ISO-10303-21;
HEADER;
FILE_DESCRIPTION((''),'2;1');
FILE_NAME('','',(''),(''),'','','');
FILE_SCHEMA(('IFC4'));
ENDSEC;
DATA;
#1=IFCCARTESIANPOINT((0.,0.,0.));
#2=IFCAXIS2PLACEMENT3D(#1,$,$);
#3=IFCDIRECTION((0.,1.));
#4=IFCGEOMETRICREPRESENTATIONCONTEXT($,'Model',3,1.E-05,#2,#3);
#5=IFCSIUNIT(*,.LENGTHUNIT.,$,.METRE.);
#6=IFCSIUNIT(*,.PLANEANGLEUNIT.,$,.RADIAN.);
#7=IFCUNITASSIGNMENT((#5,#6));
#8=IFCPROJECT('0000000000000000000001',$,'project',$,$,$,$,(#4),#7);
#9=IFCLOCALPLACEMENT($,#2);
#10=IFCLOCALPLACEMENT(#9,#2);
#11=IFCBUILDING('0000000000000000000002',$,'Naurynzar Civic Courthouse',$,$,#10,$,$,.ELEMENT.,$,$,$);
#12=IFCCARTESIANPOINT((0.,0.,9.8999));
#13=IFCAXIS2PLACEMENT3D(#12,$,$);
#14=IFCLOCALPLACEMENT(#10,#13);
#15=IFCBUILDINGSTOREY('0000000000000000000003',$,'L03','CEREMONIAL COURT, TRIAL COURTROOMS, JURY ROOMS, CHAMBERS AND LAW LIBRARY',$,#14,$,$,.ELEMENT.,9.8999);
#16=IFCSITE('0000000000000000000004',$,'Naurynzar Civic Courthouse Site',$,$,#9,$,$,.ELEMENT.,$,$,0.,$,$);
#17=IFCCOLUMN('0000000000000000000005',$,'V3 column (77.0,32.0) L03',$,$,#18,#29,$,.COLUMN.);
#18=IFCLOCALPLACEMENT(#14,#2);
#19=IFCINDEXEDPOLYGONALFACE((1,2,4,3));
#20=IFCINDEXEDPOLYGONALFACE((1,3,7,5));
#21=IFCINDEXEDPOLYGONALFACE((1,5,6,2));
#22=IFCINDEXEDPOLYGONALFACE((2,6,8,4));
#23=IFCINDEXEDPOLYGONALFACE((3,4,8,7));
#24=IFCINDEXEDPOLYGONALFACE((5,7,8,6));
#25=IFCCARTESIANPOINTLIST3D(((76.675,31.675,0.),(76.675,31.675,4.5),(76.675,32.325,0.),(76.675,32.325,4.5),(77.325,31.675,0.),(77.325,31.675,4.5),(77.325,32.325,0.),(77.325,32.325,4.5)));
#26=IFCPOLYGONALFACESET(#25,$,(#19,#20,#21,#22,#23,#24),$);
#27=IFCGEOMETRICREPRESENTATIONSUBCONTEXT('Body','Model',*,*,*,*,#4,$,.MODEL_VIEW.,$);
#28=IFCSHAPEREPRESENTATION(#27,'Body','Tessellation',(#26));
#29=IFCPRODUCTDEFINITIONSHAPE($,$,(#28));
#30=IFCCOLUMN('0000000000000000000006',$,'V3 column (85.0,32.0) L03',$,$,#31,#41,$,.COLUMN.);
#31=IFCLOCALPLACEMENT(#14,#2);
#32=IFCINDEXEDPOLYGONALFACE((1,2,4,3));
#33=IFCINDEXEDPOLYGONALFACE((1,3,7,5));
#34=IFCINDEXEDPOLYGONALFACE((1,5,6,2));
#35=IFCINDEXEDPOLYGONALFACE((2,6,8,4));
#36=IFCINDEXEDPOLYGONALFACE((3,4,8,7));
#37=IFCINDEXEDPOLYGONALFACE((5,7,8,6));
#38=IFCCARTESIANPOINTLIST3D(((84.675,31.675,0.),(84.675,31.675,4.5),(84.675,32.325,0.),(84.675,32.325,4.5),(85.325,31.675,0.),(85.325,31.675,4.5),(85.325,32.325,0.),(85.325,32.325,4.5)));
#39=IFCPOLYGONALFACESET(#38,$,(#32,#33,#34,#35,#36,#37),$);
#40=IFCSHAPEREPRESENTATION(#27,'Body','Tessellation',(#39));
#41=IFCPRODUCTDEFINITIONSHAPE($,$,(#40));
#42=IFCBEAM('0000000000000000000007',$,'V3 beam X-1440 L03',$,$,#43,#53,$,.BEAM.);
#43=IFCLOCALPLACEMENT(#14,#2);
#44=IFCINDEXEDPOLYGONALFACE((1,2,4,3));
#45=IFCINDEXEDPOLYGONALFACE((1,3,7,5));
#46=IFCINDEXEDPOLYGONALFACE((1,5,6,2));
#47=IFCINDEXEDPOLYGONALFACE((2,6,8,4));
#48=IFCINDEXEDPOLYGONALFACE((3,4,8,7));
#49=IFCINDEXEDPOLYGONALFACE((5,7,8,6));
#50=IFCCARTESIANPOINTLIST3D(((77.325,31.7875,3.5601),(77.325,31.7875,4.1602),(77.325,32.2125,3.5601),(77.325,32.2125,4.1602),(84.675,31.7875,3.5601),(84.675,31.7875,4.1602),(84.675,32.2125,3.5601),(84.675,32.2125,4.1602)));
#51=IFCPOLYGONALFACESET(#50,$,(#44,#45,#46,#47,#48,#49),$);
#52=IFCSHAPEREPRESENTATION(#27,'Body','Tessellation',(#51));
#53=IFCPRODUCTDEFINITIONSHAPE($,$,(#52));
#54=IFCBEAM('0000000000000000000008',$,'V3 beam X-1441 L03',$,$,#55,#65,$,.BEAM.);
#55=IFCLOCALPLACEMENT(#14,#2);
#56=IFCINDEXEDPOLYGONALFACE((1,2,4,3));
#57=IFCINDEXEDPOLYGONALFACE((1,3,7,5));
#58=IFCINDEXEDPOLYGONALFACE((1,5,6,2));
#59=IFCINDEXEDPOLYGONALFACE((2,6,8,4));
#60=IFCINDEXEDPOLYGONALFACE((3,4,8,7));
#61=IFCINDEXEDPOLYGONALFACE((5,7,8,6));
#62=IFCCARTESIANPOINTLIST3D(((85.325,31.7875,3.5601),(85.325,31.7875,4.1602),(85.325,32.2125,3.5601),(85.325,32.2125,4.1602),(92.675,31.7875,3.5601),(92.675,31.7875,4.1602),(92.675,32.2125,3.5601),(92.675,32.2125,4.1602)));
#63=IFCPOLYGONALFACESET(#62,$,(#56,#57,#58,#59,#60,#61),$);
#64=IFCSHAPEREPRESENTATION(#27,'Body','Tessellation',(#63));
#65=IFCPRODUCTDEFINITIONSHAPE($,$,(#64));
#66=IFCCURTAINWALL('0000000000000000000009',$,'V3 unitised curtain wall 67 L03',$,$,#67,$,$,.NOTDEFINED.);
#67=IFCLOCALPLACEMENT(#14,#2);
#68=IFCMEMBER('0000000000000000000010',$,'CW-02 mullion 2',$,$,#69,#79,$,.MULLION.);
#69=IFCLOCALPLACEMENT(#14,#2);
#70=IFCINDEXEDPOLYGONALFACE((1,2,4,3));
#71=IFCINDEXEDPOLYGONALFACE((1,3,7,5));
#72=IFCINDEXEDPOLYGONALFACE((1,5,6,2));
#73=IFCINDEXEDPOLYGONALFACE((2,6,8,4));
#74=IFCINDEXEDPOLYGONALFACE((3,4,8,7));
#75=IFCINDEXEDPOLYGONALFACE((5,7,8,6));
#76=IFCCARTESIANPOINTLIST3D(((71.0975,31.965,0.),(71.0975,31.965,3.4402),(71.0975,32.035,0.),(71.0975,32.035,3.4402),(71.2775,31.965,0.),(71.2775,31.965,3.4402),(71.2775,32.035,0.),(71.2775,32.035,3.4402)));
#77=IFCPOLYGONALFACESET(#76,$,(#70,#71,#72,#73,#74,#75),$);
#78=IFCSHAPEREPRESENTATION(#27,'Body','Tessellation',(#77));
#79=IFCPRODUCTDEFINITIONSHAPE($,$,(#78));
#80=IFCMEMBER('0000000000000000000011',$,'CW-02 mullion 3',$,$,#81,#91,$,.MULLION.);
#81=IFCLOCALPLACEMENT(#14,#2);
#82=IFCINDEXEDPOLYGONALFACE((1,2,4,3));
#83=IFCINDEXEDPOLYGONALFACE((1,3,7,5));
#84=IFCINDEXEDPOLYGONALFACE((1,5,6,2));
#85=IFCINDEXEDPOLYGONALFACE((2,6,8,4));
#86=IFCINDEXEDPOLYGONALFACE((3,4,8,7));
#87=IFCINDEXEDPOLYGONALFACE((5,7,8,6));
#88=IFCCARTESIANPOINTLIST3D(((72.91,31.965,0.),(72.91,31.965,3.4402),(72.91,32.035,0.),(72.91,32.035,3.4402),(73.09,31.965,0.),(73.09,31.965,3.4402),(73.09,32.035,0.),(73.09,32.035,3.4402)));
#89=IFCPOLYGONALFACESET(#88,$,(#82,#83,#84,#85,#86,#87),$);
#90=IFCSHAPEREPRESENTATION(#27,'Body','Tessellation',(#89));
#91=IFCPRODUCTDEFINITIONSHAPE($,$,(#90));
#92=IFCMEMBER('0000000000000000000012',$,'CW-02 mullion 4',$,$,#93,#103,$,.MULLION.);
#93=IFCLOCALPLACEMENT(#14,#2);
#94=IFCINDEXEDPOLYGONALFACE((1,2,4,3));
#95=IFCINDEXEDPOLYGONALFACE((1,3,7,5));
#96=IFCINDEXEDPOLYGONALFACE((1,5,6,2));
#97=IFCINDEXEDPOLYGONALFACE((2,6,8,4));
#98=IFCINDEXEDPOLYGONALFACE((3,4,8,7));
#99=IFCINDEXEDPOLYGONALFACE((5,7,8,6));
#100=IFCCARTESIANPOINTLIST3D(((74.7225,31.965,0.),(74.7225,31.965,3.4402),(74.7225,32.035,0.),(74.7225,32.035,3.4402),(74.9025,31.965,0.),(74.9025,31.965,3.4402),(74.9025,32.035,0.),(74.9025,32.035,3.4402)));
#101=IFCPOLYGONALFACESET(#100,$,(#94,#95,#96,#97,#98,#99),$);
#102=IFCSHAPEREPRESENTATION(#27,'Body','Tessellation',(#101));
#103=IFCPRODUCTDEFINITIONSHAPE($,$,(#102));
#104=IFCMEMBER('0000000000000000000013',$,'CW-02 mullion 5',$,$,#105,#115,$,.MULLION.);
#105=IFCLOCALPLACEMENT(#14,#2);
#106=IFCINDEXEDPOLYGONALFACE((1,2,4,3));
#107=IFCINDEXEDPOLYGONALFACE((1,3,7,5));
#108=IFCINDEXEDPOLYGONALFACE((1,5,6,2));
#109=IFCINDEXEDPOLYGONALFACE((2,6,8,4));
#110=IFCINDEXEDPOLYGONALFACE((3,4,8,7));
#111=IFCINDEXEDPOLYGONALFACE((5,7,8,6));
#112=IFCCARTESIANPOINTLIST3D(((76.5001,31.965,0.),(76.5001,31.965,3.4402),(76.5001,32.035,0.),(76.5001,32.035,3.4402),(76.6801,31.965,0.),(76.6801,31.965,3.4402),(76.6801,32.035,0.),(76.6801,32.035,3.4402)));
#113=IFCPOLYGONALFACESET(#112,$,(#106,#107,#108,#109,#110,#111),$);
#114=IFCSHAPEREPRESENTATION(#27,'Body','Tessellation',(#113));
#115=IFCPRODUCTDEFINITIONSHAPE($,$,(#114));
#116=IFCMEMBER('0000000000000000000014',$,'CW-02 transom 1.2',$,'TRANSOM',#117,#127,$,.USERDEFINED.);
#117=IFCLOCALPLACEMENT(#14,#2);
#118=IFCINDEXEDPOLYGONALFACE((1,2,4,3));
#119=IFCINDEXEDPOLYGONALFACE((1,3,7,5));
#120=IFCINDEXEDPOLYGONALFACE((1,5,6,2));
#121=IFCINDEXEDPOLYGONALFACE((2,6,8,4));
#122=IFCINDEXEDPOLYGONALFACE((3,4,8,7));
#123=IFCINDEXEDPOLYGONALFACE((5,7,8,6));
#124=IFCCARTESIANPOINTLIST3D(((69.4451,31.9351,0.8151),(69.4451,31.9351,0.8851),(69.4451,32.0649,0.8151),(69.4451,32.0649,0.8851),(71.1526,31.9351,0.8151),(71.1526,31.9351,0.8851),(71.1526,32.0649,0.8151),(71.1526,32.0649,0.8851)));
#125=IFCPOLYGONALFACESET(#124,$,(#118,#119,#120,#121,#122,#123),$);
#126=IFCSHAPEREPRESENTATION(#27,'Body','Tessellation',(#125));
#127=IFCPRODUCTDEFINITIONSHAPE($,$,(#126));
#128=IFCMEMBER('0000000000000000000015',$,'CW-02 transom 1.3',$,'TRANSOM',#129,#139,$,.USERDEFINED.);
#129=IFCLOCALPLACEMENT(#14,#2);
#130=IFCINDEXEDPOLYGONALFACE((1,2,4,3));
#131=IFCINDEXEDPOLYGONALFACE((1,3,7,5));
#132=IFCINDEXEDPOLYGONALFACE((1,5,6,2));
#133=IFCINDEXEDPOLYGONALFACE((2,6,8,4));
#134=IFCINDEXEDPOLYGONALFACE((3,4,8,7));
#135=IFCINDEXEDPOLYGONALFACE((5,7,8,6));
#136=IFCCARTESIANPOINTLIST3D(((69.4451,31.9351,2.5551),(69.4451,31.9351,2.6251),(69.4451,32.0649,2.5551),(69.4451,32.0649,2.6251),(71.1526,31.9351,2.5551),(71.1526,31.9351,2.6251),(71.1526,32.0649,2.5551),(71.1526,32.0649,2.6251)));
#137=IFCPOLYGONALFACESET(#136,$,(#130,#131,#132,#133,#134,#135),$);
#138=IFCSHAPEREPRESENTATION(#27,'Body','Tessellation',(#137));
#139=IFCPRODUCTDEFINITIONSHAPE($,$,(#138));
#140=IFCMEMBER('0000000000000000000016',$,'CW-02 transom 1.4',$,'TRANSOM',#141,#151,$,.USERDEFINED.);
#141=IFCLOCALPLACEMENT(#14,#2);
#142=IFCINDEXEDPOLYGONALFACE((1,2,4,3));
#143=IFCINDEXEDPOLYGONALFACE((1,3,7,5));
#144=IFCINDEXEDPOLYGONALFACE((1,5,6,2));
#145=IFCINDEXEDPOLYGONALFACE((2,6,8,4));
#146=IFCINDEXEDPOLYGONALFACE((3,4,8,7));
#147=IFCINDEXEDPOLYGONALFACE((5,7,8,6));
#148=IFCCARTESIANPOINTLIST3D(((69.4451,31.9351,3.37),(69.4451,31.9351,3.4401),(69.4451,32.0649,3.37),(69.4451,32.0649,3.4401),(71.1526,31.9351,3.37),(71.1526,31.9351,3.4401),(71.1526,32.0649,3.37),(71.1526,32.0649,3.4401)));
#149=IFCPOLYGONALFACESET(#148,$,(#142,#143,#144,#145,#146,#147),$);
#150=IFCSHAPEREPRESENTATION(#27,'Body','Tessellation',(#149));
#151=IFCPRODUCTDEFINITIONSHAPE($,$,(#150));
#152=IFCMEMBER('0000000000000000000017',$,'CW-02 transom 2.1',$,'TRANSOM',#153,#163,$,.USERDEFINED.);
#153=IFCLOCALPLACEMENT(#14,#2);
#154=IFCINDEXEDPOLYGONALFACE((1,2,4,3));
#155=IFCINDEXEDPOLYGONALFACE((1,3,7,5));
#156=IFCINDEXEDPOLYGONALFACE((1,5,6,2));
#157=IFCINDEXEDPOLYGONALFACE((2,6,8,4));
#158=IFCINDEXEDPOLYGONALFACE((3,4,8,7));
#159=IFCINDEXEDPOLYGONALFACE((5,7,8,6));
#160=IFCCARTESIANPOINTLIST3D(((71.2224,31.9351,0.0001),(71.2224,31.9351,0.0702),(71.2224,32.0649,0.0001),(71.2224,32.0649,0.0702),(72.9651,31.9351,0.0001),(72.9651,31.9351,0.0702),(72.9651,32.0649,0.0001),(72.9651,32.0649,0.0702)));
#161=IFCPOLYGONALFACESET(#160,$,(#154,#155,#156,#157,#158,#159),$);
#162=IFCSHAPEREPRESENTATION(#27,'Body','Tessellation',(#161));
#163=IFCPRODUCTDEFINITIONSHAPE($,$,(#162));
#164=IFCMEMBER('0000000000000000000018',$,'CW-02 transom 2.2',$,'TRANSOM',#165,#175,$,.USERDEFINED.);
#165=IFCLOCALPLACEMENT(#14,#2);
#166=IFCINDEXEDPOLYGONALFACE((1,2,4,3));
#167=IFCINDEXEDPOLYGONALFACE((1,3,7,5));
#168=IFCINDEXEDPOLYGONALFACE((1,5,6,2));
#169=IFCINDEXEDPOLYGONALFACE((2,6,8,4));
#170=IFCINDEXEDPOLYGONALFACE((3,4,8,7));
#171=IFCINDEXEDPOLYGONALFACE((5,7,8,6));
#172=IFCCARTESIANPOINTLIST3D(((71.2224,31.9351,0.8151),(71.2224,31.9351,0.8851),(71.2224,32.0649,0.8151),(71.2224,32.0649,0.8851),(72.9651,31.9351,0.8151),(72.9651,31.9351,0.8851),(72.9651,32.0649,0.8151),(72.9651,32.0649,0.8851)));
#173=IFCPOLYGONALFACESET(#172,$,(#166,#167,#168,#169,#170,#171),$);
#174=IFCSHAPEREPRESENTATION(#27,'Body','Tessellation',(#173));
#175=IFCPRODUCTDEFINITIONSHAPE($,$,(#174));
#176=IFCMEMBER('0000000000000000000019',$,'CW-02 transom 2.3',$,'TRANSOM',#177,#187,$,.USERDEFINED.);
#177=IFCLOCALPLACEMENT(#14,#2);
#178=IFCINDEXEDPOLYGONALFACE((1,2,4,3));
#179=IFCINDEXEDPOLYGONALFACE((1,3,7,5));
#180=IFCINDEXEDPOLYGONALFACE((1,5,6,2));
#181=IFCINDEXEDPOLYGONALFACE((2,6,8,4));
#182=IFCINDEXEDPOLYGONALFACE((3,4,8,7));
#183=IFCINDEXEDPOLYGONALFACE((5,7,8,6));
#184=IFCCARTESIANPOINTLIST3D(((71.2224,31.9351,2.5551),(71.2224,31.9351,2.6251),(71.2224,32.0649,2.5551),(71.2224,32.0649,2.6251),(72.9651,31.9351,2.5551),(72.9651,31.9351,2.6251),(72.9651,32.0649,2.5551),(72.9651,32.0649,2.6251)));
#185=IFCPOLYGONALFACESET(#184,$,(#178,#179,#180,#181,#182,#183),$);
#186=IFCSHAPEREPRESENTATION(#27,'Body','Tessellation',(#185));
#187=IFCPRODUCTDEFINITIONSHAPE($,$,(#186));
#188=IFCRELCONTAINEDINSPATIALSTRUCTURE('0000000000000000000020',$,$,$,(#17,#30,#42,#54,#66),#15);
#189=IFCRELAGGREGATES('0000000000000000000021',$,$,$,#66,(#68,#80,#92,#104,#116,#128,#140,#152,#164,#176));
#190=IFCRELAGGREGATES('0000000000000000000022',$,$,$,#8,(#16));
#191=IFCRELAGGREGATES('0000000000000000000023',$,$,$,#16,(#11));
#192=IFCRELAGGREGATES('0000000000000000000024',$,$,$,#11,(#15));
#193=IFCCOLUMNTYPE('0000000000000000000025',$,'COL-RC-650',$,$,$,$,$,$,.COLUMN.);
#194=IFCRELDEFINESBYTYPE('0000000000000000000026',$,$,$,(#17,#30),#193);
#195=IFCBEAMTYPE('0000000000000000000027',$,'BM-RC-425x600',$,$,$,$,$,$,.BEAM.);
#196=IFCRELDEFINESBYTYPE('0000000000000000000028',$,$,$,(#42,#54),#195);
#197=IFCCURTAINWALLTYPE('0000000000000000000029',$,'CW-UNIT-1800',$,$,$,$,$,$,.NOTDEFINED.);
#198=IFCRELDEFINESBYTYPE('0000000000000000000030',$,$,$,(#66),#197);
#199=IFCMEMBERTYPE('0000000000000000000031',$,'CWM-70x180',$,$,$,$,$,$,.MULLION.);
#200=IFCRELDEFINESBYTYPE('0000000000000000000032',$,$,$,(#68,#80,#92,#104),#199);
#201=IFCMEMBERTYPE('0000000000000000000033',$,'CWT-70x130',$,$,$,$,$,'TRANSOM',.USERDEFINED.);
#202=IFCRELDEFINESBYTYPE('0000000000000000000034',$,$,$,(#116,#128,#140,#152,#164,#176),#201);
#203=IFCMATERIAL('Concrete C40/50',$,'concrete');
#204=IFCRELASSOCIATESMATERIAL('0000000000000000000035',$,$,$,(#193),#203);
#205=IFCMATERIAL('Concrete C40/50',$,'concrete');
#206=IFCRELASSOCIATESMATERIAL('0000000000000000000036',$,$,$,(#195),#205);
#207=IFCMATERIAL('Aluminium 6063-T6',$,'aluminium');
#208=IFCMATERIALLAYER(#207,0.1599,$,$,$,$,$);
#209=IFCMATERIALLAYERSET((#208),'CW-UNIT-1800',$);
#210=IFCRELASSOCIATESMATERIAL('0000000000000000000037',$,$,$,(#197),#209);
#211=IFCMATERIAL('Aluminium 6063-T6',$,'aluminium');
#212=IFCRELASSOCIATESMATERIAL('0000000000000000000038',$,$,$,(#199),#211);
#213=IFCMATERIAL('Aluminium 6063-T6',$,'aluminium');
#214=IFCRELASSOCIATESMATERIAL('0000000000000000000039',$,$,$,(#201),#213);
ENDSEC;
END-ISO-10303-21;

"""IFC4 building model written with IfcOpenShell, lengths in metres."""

from ifc_helpers import new_model, si_unit, direction, frame, origin, origin_2d, place, context, subcontext, project, spatial, rectangle, extrude, material, layer, layer_set, material_profile, profile_set, type_object, element, aggregate, save


model = new_model("IFC4")

# Units and contexts
model_context = context("Model", 3, precision=1e-05, world=origin(), true_north=direction((0.0, 1.0)))
body_context = subcontext(model_context, "Body", "Model", "MODEL_VIEW")
ifc_project = project(units=[si_unit("LENGTHUNIT", "METRE"), si_unit("PLANEANGLEUNIT", "RADIAN")], contexts=[model_context])

# Site, building, storey
site_placement = place(None, origin())
site = spatial("IfcSite", under=ifc_project, at=site_placement, Name="Naurynzar Civic Courthouse Site", CompositionType="ELEMENT", RefElevation=0.0)
building_placement = place(site_placement, origin())
building = spatial("IfcBuilding", under=site, at=building_placement, Name="Naurynzar Civic Courthouse", CompositionType="ELEMENT")
storey_placement = place(building_placement, frame((0.0, 0.0, 9.8999)))
storey = spatial("IfcBuildingStorey", under=building, at=storey_placement, Name="L03", Description="CEREMONIAL COURT, TRIAL COURTROOMS, JURY ROOMS, CHAMBERS AND LAW LIBRARY", CompositionType="ELEMENT", Elevation=9.8999)

# Columns
ifc_material_1 = material(Name="Concrete C40/50", Category="concrete")
ifc_material_profile_1 = material_profile(ifc_material_1, rectangle(XDim=0.6499, YDim=0.6499, at=origin_2d()), Name="RC 650x650")
ifc_profile_set_1 = profile_set([ifc_material_profile_1], Name="Concrete C40/50")
column_type = type_object("IfcColumnType", Name="COL-RC-650", PredefinedType="COLUMN", material=ifc_profile_set_1)
for number, where, z_axis, x_axis, name in (
    (1, (77.0, 32.0, 0.0), (0.0, 0.0, 1.0), (1.0, 0.0, 0.0), "V3 column (77.0,32.0) L03"),
    (2, (85.0, 32.0, 0.0), (0.0, 0.0, 1.0), (1.0, 0.0, 0.0), "V3 column (85.0,32.0) L03"),
):
    element("IfcColumn", number, at=place(storey_placement, frame(where, z_axis=z_axis, x_axis=x_axis)), inside=storey, type_object=column_type, Name=name, PredefinedType="COLUMN", context=body_context, shape_type="SweptSolid", body=[
        extrude(rectangle(XDim=0.6499, YDim=0.6499, at=origin_2d()), origin(), (0.0, 0.0, 1.0), 4.5),
    ])

# Beams
ifc_material_2 = material(Name="Concrete C40/50", Category="concrete")
ifc_material_profile_2 = material_profile(ifc_material_2, rectangle(XDim=0.425, YDim=0.6001, at=origin_2d()), Name="RCB 425x600")
ifc_profile_set_2 = profile_set([ifc_material_profile_2], Name="Concrete C40/50")
beam_type = type_object("IfcBeamType", Name="BM-RC-425x600", PredefinedType="BEAM", material=ifc_profile_set_2)
for number, where, z_axis, x_axis, name in (
    (3, (77.325, 32.0, 3.8601), (1.0, 0.0, 0.0), (0.0, 1.0, 0.0), "V3 beam X-1440 L03"),
    (4, (85.325, 32.0, 3.8601), (1.0, 0.0, 0.0), (0.0, 1.0, 0.0), "V3 beam X-1441 L03"),
):
    element("IfcBeam", number, at=place(storey_placement, frame(where, z_axis=z_axis, x_axis=x_axis)), inside=storey, type_object=beam_type, Name=name, PredefinedType="BEAM", context=body_context, shape_type="SweptSolid", body=[
        extrude(rectangle(XDim=0.425, YDim=0.6001, at=origin_2d()), origin(), (0.0, 0.0, 1.0), 7.3501),
    ])

# Curtain wall, members
ifc_material_3 = material(Name="Aluminium 6063-T6", Category="aluminium")
ifc_layer_1 = layer(ifc_material_3, 0.1599)
ifc_layer_set_1 = layer_set([ifc_layer_1], Name="CW-UNIT-1800")
curtain_wall_type = type_object("IfcCurtainWallType", Name="CW-UNIT-1800", PredefinedType="NOTDEFINED", material=ifc_layer_set_1)
curtain_wall_placement = place(storey_placement, origin())
curtain_wall = element("IfcCurtainWall", 5, at=curtain_wall_placement, inside=storey, type_object=curtain_wall_type, Name="V3 unitised curtain wall 67 L03", PredefinedType="NOTDEFINED")
ifc_material_4 = material(Name="Aluminium 6063-T6", Category="aluminium")
ifc_material_profile_3 = material_profile(ifc_material_4, rectangle(XDim=0.0701, YDim=0.1799, at=origin_2d()), Name="ALU MULLION 70x180")
ifc_profile_set_3 = profile_set([ifc_material_profile_3], Name="Aluminium 6063-T6")
member_type_1 = type_object("IfcMemberType", Name="CWM-70x180", PredefinedType="MULLION", material=ifc_profile_set_3)
member_1_placement = place(storey_placement, frame((71.1875, 32.0, 0.0), z_axis=(0.0, 0.0, 1.0), x_axis=(0.0, 1.0, 0.0)))
member_1 = element("IfcMember", 6, at=member_1_placement, type_object=member_type_1, Name="CW-02 mullion 2", PredefinedType="MULLION", context=body_context, shape_type="SweptSolid", body=[
    extrude(rectangle(XDim=0.0701, YDim=0.1799, at=origin_2d()), origin(), (0.0, 0.0, 1.0), 3.4402),
])
member_2_placement = place(storey_placement, frame((73.0, 32.0, 0.0), z_axis=(0.0, 0.0, 1.0), x_axis=(0.0, 1.0, 0.0)))
member_2 = element("IfcMember", 7, at=member_2_placement, type_object=member_type_1, Name="CW-02 mullion 3", PredefinedType="MULLION", context=body_context, shape_type="SweptSolid", body=[
    extrude(rectangle(XDim=0.0701, YDim=0.1799, at=origin_2d()), origin(), (0.0, 0.0, 1.0), 3.4402),
])
member_3_placement = place(storey_placement, frame((74.8125, 32.0, 0.0), z_axis=(0.0, 0.0, 1.0), x_axis=(0.0, 1.0, 0.0)))
member_3 = element("IfcMember", 8, at=member_3_placement, type_object=member_type_1, Name="CW-02 mullion 4", PredefinedType="MULLION", context=body_context, shape_type="SweptSolid", body=[
    extrude(rectangle(XDim=0.0701, YDim=0.1799, at=origin_2d()), origin(), (0.0, 0.0, 1.0), 3.4402),
])
member_4_placement = place(storey_placement, frame((76.5901, 32.0, 0.0), z_axis=(0.0, 0.0, 1.0), x_axis=(0.0, 1.0, 0.0)))
member_4 = element("IfcMember", 9, at=member_4_placement, type_object=member_type_1, Name="CW-02 mullion 5", PredefinedType="MULLION", context=body_context, shape_type="SweptSolid", body=[
    extrude(rectangle(XDim=0.0701, YDim=0.1799, at=origin_2d()), origin(), (0.0, 0.0, 1.0), 3.4402),
])
ifc_material_5 = material(Name="Aluminium 6063-T6", Category="aluminium")
ifc_material_profile_4 = material_profile(ifc_material_5, rectangle(XDim=0.1299, YDim=0.0701, at=origin_2d()), Name="ALU TRANSOM 70x130")
ifc_profile_set_4 = profile_set([ifc_material_profile_4], Name="Aluminium 6063-T6")
member_type_2 = type_object("IfcMemberType", Name="CWT-70x130", ElementType="TRANSOM", PredefinedType="USERDEFINED", material=ifc_profile_set_4)
member_5_placement = place(storey_placement, frame((69.4451, 32.0, 0.8501), z_axis=(1.0, 0.0, 0.0), x_axis=(0.0, 1.0, 0.0)))
member_5 = element("IfcMember", 10, at=member_5_placement, type_object=member_type_2, Name="CW-02 transom 1.2", ObjectType="TRANSOM", PredefinedType="USERDEFINED", context=body_context, shape_type="SweptSolid", body=[
    extrude(rectangle(XDim=0.1299, YDim=0.0701, at=origin_2d()), origin(), (0.0, 0.0, 1.0), 1.7075),
])
member_6_placement = place(storey_placement, frame((69.4451, 32.0, 2.5901), z_axis=(1.0, 0.0, 0.0), x_axis=(0.0, 1.0, 0.0)))
member_6 = element("IfcMember", 11, at=member_6_placement, type_object=member_type_2, Name="CW-02 transom 1.3", ObjectType="TRANSOM", PredefinedType="USERDEFINED", context=body_context, shape_type="SweptSolid", body=[
    extrude(rectangle(XDim=0.1299, YDim=0.0701, at=origin_2d()), origin(), (0.0, 0.0, 1.0), 1.7075),
])
member_7_placement = place(storey_placement, frame((69.4451, 32.0, 3.405), z_axis=(1.0, 0.0, 0.0), x_axis=(0.0, 1.0, 0.0)))
member_7 = element("IfcMember", 12, at=member_7_placement, type_object=member_type_2, Name="CW-02 transom 1.4", ObjectType="TRANSOM", PredefinedType="USERDEFINED", context=body_context, shape_type="SweptSolid", body=[
    extrude(rectangle(XDim=0.1299, YDim=0.0701, at=origin_2d()), origin(), (0.0, 0.0, 1.0), 1.7075),
])
member_8_placement = place(storey_placement, frame((71.2224, 32.0, 0.0352), z_axis=(1.0, 0.0, 0.0), x_axis=(0.0, 1.0, 0.0)))
member_8 = element("IfcMember", 13, at=member_8_placement, type_object=member_type_2, Name="CW-02 transom 2.1", ObjectType="TRANSOM", PredefinedType="USERDEFINED", context=body_context, shape_type="SweptSolid", body=[
    extrude(rectangle(XDim=0.1299, YDim=0.0701, at=origin_2d()), origin(), (0.0, 0.0, 1.0), 1.7427),
])
member_9_placement = place(storey_placement, frame((71.2224, 32.0, 0.8501), z_axis=(1.0, 0.0, 0.0), x_axis=(0.0, 1.0, 0.0)))
member_9 = element("IfcMember", 14, at=member_9_placement, type_object=member_type_2, Name="CW-02 transom 2.2", ObjectType="TRANSOM", PredefinedType="USERDEFINED", context=body_context, shape_type="SweptSolid", body=[
    extrude(rectangle(XDim=0.1299, YDim=0.0701, at=origin_2d()), origin(), (0.0, 0.0, 1.0), 1.7427),
])
member_10_placement = place(storey_placement, frame((71.2224, 32.0, 2.5901), z_axis=(1.0, 0.0, 0.0), x_axis=(0.0, 1.0, 0.0)))
member_10 = element("IfcMember", 15, at=member_10_placement, type_object=member_type_2, Name="CW-02 transom 2.3", ObjectType="TRANSOM", PredefinedType="USERDEFINED", context=body_context, shape_type="SweptSolid", body=[
    extrude(rectangle(XDim=0.1299, YDim=0.0701, at=origin_2d()), origin(), (0.0, 0.0, 1.0), 1.7427),
])
aggregate(curtain_wall, [member_1, member_2, member_3, member_4, member_5, member_6, member_7, member_8, member_9, member_10])

save(model, "model.ifc")
